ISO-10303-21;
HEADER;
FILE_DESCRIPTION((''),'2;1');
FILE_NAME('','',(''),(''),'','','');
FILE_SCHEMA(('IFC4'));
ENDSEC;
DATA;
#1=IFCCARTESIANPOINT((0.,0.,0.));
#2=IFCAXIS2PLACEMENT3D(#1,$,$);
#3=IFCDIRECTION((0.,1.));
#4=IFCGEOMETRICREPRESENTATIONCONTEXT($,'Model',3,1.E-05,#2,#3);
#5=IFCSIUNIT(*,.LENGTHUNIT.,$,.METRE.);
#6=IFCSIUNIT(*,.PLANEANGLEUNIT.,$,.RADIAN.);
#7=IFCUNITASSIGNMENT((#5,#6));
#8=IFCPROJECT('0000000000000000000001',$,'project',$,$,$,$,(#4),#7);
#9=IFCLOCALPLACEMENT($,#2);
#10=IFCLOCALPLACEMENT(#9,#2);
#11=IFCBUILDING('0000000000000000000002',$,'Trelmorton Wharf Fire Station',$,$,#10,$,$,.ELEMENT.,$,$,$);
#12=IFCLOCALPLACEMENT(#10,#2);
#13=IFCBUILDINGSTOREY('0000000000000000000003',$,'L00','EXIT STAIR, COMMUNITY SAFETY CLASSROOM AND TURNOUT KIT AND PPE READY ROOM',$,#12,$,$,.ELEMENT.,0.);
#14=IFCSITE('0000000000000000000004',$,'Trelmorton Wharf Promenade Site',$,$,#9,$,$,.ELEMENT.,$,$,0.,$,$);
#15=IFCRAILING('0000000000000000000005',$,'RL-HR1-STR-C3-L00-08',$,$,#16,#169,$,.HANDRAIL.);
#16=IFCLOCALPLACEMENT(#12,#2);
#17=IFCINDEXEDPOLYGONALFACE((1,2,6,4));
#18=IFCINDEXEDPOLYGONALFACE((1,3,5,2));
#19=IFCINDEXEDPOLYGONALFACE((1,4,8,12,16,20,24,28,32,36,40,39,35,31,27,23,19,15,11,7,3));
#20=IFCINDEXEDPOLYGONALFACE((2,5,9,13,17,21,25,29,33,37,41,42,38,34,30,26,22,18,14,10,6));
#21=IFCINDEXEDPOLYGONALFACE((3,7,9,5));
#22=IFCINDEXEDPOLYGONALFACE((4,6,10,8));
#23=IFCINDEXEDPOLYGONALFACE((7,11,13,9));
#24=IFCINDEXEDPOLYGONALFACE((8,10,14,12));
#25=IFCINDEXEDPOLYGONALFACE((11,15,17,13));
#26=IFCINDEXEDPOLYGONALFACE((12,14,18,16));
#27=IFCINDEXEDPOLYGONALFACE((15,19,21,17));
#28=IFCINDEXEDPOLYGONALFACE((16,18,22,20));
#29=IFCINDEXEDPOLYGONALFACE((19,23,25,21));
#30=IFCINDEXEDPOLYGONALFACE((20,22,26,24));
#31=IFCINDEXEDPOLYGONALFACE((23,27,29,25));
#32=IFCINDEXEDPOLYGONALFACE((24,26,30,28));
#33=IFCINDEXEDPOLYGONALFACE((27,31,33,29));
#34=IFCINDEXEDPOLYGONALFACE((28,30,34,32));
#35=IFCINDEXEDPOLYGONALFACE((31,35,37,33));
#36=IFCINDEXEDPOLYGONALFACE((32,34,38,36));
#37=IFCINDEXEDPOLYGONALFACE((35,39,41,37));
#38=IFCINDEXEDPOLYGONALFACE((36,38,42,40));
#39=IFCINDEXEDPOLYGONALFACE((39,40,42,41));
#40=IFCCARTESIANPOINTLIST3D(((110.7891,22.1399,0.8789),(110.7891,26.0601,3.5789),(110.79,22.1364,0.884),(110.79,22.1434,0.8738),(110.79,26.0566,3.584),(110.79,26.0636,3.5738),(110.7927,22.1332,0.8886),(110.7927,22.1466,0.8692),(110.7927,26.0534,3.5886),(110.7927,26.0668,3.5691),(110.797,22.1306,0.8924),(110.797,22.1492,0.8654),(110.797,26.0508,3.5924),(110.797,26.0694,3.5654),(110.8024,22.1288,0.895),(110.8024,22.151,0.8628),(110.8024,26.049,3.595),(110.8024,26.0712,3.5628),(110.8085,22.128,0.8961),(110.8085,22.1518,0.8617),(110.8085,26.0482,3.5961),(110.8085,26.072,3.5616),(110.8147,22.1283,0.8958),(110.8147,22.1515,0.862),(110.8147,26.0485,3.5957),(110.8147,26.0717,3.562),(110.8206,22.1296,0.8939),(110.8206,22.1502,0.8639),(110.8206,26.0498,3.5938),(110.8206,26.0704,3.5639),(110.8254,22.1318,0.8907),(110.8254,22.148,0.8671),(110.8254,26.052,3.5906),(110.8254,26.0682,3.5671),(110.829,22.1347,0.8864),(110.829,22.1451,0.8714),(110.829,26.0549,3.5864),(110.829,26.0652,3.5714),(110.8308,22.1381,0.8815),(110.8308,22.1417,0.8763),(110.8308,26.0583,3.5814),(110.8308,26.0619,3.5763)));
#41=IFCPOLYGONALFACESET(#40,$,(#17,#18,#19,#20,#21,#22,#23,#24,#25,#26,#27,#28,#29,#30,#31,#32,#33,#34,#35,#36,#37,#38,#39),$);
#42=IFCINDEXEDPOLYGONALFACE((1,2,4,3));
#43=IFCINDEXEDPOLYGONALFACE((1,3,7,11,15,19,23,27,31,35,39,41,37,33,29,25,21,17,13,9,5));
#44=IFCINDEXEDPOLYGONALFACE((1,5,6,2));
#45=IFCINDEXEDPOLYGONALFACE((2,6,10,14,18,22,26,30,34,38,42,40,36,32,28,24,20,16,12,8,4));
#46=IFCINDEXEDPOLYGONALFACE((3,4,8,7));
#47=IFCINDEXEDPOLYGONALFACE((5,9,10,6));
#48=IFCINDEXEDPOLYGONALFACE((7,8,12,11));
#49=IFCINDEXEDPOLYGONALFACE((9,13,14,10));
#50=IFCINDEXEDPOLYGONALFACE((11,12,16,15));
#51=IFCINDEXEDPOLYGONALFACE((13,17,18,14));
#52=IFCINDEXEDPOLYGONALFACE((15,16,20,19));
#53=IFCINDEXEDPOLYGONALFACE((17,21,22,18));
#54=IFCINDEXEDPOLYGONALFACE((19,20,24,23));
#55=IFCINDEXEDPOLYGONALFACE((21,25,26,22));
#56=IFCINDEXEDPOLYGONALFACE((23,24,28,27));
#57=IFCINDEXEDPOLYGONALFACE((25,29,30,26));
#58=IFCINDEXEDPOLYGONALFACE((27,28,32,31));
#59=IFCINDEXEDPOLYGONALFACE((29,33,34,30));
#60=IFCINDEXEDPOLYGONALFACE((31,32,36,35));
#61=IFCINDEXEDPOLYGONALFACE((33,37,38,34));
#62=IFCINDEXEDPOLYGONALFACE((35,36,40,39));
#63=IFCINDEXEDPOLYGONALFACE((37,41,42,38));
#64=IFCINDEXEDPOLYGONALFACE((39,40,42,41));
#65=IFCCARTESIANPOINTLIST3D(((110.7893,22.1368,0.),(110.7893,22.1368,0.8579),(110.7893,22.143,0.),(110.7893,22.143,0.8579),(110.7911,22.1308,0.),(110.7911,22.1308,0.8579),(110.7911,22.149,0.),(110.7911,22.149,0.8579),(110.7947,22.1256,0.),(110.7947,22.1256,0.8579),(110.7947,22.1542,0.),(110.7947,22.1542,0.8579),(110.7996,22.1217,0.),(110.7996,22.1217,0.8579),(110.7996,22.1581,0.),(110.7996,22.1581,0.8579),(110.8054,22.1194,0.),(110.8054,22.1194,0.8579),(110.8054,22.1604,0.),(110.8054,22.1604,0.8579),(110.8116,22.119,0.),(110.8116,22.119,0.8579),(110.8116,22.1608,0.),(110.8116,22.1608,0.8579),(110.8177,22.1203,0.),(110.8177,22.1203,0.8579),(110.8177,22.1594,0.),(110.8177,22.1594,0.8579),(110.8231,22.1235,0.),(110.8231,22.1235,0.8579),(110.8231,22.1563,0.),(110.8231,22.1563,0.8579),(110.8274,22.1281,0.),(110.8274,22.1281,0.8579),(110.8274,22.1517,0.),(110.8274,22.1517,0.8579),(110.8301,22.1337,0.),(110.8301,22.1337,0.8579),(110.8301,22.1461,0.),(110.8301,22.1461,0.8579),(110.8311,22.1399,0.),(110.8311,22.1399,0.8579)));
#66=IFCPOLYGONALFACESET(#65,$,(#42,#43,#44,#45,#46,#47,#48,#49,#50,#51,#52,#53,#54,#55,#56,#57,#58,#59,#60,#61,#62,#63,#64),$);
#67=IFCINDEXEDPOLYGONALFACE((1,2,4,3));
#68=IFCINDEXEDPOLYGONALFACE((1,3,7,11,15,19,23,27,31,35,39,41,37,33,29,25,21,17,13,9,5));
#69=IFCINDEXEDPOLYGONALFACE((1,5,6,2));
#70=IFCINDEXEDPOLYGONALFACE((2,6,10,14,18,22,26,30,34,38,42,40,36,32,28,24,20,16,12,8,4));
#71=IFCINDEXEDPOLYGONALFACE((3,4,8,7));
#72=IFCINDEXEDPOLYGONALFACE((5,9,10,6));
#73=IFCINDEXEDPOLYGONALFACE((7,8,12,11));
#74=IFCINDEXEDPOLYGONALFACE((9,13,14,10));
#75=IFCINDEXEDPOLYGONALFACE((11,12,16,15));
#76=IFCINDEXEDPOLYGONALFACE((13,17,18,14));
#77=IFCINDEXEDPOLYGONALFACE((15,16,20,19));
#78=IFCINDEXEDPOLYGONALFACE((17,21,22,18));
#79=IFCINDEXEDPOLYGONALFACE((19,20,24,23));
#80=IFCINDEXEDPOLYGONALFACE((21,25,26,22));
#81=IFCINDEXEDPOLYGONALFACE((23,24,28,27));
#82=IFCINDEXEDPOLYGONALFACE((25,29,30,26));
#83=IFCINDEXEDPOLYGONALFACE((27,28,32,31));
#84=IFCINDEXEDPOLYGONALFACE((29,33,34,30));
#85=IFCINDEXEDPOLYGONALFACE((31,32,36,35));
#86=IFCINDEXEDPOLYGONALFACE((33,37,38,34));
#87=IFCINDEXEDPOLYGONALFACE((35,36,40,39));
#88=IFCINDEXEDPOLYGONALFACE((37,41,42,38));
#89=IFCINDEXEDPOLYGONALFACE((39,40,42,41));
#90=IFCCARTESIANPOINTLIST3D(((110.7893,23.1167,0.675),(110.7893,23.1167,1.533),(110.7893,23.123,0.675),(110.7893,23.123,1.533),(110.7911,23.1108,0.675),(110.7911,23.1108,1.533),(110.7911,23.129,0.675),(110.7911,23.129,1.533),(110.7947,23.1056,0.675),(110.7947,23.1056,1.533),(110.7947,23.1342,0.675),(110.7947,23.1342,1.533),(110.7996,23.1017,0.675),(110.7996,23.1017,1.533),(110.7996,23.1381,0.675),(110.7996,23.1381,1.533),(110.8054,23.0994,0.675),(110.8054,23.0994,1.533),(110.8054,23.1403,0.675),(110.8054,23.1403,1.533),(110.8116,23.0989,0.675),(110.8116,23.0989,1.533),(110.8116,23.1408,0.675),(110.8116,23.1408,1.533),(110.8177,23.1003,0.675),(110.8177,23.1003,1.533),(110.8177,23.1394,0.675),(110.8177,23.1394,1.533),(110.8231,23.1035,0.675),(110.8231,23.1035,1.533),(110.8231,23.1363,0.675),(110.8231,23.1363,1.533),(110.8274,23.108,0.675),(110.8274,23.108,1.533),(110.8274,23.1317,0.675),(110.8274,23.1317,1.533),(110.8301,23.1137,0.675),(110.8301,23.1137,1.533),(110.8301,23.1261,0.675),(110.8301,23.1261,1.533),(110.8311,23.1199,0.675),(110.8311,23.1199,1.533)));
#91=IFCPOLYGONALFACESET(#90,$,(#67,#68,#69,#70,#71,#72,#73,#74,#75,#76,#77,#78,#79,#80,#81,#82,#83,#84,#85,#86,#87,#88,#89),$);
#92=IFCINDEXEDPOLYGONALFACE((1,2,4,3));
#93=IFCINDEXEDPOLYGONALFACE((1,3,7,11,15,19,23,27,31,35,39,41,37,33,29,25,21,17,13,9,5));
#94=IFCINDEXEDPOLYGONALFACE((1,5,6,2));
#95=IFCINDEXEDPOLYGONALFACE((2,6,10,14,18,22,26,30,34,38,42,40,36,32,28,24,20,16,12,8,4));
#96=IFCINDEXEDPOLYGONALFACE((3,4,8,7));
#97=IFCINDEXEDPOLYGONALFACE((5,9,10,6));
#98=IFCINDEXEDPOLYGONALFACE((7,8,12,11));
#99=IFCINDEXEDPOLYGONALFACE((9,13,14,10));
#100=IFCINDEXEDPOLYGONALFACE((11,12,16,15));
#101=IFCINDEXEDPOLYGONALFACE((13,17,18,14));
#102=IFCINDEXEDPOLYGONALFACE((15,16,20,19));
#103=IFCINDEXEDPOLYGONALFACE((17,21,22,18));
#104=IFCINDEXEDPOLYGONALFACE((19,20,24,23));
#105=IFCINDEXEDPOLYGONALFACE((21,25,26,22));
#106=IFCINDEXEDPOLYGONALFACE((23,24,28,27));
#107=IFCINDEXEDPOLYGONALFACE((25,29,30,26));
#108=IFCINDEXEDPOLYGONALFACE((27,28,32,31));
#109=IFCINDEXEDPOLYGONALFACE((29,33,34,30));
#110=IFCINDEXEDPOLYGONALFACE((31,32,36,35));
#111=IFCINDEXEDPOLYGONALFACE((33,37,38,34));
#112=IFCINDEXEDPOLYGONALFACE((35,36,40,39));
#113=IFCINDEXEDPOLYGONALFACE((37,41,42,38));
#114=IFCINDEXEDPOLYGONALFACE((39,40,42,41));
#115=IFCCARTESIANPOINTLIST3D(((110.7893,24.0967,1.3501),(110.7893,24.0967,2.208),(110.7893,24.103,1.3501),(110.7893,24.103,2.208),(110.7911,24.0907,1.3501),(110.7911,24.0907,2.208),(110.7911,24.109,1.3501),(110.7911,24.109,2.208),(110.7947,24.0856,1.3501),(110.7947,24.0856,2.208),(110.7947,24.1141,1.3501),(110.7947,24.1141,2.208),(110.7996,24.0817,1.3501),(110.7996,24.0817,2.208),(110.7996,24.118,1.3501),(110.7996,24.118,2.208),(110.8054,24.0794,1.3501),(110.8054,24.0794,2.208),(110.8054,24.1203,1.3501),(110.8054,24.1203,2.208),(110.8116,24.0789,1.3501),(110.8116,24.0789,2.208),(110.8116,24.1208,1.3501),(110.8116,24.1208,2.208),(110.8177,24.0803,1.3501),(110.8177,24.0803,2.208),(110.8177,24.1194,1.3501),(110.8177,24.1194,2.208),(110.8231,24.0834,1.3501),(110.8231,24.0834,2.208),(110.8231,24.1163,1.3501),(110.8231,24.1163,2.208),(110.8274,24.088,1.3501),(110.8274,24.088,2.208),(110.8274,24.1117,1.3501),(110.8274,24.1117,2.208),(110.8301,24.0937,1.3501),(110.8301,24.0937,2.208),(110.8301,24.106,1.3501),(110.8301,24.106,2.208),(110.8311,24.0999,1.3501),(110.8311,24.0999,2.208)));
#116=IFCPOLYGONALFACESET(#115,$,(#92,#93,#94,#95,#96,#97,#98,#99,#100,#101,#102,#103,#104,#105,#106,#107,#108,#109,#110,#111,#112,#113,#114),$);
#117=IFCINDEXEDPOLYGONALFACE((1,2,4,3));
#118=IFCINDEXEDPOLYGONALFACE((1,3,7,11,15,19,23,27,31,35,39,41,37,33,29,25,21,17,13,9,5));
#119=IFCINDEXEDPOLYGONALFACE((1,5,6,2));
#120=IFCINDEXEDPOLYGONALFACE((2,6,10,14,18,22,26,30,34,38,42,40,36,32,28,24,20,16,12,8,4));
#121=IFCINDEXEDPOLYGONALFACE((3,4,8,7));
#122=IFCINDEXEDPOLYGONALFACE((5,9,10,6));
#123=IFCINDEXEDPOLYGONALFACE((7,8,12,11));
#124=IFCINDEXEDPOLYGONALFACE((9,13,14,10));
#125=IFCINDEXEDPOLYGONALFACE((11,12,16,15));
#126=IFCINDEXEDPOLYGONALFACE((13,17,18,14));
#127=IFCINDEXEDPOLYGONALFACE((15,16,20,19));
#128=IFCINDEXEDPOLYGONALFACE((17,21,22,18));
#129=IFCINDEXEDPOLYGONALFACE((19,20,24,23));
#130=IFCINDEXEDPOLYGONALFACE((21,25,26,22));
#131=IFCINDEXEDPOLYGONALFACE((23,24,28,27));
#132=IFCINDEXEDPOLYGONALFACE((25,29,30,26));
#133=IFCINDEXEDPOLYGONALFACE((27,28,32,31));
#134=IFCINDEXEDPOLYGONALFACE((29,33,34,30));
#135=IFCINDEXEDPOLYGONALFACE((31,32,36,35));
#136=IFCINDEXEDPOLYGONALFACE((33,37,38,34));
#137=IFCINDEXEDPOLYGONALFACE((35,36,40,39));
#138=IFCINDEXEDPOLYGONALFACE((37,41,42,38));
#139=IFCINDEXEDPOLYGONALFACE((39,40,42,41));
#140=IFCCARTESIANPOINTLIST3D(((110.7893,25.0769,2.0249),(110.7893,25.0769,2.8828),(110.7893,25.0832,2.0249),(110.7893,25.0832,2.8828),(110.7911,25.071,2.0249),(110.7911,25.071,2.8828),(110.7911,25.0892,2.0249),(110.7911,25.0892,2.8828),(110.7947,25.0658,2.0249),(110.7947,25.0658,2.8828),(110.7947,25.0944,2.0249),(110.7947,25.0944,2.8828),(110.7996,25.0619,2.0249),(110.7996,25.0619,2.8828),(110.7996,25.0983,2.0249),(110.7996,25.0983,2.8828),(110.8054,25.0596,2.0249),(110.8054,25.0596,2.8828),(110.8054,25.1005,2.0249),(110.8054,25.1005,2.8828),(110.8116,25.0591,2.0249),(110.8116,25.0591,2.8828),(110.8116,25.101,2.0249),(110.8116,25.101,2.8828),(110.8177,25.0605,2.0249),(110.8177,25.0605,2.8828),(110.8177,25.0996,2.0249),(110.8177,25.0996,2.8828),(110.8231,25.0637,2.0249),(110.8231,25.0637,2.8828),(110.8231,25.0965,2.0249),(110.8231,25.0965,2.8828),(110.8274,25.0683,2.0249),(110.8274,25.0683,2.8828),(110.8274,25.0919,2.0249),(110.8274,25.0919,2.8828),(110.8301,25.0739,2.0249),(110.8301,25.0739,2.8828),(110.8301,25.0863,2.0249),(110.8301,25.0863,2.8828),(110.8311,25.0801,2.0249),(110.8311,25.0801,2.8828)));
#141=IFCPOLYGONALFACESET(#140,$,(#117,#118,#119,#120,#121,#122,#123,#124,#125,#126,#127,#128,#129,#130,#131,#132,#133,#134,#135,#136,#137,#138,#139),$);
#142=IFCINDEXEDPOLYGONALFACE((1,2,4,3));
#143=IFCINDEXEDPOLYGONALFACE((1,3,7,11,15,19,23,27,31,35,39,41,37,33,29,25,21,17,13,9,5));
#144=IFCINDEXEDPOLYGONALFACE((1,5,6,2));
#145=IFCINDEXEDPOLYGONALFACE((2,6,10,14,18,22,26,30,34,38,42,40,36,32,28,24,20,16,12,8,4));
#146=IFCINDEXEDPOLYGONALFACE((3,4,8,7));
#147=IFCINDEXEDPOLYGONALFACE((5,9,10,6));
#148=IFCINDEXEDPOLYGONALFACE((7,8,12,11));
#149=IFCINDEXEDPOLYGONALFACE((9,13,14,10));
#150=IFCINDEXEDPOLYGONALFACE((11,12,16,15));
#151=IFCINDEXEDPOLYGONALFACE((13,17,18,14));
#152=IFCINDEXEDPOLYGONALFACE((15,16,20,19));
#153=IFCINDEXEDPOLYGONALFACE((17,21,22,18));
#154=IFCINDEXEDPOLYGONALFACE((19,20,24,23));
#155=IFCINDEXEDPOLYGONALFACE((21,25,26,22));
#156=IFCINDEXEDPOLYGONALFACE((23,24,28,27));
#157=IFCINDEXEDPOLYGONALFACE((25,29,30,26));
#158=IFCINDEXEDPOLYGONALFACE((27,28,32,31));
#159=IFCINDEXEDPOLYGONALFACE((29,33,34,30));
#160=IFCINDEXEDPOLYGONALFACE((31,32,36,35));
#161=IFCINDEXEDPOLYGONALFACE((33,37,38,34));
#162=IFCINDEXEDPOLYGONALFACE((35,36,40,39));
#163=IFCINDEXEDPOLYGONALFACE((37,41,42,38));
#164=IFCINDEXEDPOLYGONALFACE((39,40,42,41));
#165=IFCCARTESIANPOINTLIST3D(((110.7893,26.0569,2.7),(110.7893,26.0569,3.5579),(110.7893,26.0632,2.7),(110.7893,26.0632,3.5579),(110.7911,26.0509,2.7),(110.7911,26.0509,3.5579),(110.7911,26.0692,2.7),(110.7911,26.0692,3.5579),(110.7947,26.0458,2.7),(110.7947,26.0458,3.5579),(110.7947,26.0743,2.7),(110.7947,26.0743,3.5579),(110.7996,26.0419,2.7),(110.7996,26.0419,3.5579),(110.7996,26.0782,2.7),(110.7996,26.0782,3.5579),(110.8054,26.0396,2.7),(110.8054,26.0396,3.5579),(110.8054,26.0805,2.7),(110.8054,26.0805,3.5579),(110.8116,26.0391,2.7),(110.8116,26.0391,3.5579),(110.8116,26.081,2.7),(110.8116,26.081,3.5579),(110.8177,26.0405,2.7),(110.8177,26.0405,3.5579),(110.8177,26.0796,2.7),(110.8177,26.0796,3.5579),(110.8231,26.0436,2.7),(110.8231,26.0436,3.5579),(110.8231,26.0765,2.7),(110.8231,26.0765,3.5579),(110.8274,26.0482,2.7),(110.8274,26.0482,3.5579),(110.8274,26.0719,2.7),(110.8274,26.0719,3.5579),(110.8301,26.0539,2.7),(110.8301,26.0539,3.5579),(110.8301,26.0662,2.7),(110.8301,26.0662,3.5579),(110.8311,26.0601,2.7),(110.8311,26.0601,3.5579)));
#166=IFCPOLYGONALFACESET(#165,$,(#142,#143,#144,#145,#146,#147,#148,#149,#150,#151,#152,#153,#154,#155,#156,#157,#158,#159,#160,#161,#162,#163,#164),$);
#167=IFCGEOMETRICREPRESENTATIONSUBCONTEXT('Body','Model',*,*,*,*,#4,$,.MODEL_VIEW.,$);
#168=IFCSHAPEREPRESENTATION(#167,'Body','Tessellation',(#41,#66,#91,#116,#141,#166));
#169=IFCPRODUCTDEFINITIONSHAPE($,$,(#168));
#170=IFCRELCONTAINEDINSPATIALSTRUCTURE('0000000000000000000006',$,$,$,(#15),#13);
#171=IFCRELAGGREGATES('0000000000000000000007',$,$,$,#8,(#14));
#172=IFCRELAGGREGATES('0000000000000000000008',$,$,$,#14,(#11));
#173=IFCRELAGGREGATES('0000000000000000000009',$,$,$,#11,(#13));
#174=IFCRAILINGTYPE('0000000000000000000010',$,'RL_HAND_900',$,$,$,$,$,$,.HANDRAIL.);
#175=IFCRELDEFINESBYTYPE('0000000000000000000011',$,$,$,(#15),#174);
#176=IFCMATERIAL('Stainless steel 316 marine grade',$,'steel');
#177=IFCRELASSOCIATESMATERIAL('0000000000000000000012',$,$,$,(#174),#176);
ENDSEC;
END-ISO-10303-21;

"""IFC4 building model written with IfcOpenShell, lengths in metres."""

from ifc_helpers import new_model, si_unit, direction, frame, origin, origin_2d, place, context, subcontext, project, spatial, circle, extrude, material, type_object, element, save


model = new_model("IFC4")

# Units and contexts
model_context = context("Model", 3, precision=1e-05, world=origin(), true_north=direction((0.0, 1.0)))
body_context = subcontext(model_context, "Body", "Model", "MODEL_VIEW")
ifc_project = project(units=[si_unit("LENGTHUNIT", "METRE"), si_unit("PLANEANGLEUNIT", "RADIAN")], contexts=[model_context])

# Site, building, storey
site_placement = place(None, origin())
site = spatial("IfcSite", under=ifc_project, at=site_placement, Name="Trelmorton Wharf Promenade Site", CompositionType="ELEMENT", RefElevation=0.0)
building_placement = place(site_placement, origin())
building = spatial("IfcBuilding", under=site, at=building_placement, Name="Trelmorton Wharf Fire Station", CompositionType="ELEMENT")
storey_placement = place(building_placement, origin())
storey = spatial("IfcBuildingStorey", under=building, at=storey_placement, Name="L00", Description="EXIT STAIR, COMMUNITY SAFETY CLASSROOM AND TURNOUT KIT AND PPE READY ROOM", CompositionType="ELEMENT", Elevation=0.0)

# Shared definitions
ifc_material_1 = material(Name="Stainless steel 316 marine grade", Category="steel")

# Railing
railing_type_1 = type_object("IfcRailingType", Name="RL_HAND_900", PredefinedType="HANDRAIL", material=ifc_material_1)
railing_1_placement = place(storey_placement, frame((110.8101, 22.1399, 0.0)))
element("IfcRailing", 1, at=railing_1_placement, inside=storey, type_object=railing_type_1, Name="RL-HR1-STR-C3-L00-08", PredefinedType="HANDRAIL", context=body_context, shape_type="SweptSolid", body=[
    extrude(circle(Radius=0.021, at=origin_2d()), frame((0.0, 0.0, 0.8789), z_axis=(0.0, 0.823567, 0.567219), x_axis=(-1.0, 0.0, 0.0)), (0.0, 0.0, 1.0), 4.76),
    extrude(circle(Radius=0.021, at=origin_2d()), origin(), (0.0, 0.0, 1.0), 0.8579),
    extrude(circle(Radius=0.021, at=origin_2d()), frame((0.0, 0.98, 0.675)), (0.0, 0.0, 1.0), 0.8579),
    extrude(circle(Radius=0.021, at=origin_2d()), frame((0.0, 1.96, 1.3501)), (0.0, 0.0, 1.0), 0.8579),
    extrude(circle(Radius=0.021, at=origin_2d()), frame((0.0, 2.9402, 2.0249)), (0.0, 0.0, 1.0), 0.8579),
    extrude(circle(Radius=0.021, at=origin_2d()), frame((0.0, 3.9202, 2.7)), (0.0, 0.0, 1.0), 0.8579),
])

save(model, "model.ifc")
